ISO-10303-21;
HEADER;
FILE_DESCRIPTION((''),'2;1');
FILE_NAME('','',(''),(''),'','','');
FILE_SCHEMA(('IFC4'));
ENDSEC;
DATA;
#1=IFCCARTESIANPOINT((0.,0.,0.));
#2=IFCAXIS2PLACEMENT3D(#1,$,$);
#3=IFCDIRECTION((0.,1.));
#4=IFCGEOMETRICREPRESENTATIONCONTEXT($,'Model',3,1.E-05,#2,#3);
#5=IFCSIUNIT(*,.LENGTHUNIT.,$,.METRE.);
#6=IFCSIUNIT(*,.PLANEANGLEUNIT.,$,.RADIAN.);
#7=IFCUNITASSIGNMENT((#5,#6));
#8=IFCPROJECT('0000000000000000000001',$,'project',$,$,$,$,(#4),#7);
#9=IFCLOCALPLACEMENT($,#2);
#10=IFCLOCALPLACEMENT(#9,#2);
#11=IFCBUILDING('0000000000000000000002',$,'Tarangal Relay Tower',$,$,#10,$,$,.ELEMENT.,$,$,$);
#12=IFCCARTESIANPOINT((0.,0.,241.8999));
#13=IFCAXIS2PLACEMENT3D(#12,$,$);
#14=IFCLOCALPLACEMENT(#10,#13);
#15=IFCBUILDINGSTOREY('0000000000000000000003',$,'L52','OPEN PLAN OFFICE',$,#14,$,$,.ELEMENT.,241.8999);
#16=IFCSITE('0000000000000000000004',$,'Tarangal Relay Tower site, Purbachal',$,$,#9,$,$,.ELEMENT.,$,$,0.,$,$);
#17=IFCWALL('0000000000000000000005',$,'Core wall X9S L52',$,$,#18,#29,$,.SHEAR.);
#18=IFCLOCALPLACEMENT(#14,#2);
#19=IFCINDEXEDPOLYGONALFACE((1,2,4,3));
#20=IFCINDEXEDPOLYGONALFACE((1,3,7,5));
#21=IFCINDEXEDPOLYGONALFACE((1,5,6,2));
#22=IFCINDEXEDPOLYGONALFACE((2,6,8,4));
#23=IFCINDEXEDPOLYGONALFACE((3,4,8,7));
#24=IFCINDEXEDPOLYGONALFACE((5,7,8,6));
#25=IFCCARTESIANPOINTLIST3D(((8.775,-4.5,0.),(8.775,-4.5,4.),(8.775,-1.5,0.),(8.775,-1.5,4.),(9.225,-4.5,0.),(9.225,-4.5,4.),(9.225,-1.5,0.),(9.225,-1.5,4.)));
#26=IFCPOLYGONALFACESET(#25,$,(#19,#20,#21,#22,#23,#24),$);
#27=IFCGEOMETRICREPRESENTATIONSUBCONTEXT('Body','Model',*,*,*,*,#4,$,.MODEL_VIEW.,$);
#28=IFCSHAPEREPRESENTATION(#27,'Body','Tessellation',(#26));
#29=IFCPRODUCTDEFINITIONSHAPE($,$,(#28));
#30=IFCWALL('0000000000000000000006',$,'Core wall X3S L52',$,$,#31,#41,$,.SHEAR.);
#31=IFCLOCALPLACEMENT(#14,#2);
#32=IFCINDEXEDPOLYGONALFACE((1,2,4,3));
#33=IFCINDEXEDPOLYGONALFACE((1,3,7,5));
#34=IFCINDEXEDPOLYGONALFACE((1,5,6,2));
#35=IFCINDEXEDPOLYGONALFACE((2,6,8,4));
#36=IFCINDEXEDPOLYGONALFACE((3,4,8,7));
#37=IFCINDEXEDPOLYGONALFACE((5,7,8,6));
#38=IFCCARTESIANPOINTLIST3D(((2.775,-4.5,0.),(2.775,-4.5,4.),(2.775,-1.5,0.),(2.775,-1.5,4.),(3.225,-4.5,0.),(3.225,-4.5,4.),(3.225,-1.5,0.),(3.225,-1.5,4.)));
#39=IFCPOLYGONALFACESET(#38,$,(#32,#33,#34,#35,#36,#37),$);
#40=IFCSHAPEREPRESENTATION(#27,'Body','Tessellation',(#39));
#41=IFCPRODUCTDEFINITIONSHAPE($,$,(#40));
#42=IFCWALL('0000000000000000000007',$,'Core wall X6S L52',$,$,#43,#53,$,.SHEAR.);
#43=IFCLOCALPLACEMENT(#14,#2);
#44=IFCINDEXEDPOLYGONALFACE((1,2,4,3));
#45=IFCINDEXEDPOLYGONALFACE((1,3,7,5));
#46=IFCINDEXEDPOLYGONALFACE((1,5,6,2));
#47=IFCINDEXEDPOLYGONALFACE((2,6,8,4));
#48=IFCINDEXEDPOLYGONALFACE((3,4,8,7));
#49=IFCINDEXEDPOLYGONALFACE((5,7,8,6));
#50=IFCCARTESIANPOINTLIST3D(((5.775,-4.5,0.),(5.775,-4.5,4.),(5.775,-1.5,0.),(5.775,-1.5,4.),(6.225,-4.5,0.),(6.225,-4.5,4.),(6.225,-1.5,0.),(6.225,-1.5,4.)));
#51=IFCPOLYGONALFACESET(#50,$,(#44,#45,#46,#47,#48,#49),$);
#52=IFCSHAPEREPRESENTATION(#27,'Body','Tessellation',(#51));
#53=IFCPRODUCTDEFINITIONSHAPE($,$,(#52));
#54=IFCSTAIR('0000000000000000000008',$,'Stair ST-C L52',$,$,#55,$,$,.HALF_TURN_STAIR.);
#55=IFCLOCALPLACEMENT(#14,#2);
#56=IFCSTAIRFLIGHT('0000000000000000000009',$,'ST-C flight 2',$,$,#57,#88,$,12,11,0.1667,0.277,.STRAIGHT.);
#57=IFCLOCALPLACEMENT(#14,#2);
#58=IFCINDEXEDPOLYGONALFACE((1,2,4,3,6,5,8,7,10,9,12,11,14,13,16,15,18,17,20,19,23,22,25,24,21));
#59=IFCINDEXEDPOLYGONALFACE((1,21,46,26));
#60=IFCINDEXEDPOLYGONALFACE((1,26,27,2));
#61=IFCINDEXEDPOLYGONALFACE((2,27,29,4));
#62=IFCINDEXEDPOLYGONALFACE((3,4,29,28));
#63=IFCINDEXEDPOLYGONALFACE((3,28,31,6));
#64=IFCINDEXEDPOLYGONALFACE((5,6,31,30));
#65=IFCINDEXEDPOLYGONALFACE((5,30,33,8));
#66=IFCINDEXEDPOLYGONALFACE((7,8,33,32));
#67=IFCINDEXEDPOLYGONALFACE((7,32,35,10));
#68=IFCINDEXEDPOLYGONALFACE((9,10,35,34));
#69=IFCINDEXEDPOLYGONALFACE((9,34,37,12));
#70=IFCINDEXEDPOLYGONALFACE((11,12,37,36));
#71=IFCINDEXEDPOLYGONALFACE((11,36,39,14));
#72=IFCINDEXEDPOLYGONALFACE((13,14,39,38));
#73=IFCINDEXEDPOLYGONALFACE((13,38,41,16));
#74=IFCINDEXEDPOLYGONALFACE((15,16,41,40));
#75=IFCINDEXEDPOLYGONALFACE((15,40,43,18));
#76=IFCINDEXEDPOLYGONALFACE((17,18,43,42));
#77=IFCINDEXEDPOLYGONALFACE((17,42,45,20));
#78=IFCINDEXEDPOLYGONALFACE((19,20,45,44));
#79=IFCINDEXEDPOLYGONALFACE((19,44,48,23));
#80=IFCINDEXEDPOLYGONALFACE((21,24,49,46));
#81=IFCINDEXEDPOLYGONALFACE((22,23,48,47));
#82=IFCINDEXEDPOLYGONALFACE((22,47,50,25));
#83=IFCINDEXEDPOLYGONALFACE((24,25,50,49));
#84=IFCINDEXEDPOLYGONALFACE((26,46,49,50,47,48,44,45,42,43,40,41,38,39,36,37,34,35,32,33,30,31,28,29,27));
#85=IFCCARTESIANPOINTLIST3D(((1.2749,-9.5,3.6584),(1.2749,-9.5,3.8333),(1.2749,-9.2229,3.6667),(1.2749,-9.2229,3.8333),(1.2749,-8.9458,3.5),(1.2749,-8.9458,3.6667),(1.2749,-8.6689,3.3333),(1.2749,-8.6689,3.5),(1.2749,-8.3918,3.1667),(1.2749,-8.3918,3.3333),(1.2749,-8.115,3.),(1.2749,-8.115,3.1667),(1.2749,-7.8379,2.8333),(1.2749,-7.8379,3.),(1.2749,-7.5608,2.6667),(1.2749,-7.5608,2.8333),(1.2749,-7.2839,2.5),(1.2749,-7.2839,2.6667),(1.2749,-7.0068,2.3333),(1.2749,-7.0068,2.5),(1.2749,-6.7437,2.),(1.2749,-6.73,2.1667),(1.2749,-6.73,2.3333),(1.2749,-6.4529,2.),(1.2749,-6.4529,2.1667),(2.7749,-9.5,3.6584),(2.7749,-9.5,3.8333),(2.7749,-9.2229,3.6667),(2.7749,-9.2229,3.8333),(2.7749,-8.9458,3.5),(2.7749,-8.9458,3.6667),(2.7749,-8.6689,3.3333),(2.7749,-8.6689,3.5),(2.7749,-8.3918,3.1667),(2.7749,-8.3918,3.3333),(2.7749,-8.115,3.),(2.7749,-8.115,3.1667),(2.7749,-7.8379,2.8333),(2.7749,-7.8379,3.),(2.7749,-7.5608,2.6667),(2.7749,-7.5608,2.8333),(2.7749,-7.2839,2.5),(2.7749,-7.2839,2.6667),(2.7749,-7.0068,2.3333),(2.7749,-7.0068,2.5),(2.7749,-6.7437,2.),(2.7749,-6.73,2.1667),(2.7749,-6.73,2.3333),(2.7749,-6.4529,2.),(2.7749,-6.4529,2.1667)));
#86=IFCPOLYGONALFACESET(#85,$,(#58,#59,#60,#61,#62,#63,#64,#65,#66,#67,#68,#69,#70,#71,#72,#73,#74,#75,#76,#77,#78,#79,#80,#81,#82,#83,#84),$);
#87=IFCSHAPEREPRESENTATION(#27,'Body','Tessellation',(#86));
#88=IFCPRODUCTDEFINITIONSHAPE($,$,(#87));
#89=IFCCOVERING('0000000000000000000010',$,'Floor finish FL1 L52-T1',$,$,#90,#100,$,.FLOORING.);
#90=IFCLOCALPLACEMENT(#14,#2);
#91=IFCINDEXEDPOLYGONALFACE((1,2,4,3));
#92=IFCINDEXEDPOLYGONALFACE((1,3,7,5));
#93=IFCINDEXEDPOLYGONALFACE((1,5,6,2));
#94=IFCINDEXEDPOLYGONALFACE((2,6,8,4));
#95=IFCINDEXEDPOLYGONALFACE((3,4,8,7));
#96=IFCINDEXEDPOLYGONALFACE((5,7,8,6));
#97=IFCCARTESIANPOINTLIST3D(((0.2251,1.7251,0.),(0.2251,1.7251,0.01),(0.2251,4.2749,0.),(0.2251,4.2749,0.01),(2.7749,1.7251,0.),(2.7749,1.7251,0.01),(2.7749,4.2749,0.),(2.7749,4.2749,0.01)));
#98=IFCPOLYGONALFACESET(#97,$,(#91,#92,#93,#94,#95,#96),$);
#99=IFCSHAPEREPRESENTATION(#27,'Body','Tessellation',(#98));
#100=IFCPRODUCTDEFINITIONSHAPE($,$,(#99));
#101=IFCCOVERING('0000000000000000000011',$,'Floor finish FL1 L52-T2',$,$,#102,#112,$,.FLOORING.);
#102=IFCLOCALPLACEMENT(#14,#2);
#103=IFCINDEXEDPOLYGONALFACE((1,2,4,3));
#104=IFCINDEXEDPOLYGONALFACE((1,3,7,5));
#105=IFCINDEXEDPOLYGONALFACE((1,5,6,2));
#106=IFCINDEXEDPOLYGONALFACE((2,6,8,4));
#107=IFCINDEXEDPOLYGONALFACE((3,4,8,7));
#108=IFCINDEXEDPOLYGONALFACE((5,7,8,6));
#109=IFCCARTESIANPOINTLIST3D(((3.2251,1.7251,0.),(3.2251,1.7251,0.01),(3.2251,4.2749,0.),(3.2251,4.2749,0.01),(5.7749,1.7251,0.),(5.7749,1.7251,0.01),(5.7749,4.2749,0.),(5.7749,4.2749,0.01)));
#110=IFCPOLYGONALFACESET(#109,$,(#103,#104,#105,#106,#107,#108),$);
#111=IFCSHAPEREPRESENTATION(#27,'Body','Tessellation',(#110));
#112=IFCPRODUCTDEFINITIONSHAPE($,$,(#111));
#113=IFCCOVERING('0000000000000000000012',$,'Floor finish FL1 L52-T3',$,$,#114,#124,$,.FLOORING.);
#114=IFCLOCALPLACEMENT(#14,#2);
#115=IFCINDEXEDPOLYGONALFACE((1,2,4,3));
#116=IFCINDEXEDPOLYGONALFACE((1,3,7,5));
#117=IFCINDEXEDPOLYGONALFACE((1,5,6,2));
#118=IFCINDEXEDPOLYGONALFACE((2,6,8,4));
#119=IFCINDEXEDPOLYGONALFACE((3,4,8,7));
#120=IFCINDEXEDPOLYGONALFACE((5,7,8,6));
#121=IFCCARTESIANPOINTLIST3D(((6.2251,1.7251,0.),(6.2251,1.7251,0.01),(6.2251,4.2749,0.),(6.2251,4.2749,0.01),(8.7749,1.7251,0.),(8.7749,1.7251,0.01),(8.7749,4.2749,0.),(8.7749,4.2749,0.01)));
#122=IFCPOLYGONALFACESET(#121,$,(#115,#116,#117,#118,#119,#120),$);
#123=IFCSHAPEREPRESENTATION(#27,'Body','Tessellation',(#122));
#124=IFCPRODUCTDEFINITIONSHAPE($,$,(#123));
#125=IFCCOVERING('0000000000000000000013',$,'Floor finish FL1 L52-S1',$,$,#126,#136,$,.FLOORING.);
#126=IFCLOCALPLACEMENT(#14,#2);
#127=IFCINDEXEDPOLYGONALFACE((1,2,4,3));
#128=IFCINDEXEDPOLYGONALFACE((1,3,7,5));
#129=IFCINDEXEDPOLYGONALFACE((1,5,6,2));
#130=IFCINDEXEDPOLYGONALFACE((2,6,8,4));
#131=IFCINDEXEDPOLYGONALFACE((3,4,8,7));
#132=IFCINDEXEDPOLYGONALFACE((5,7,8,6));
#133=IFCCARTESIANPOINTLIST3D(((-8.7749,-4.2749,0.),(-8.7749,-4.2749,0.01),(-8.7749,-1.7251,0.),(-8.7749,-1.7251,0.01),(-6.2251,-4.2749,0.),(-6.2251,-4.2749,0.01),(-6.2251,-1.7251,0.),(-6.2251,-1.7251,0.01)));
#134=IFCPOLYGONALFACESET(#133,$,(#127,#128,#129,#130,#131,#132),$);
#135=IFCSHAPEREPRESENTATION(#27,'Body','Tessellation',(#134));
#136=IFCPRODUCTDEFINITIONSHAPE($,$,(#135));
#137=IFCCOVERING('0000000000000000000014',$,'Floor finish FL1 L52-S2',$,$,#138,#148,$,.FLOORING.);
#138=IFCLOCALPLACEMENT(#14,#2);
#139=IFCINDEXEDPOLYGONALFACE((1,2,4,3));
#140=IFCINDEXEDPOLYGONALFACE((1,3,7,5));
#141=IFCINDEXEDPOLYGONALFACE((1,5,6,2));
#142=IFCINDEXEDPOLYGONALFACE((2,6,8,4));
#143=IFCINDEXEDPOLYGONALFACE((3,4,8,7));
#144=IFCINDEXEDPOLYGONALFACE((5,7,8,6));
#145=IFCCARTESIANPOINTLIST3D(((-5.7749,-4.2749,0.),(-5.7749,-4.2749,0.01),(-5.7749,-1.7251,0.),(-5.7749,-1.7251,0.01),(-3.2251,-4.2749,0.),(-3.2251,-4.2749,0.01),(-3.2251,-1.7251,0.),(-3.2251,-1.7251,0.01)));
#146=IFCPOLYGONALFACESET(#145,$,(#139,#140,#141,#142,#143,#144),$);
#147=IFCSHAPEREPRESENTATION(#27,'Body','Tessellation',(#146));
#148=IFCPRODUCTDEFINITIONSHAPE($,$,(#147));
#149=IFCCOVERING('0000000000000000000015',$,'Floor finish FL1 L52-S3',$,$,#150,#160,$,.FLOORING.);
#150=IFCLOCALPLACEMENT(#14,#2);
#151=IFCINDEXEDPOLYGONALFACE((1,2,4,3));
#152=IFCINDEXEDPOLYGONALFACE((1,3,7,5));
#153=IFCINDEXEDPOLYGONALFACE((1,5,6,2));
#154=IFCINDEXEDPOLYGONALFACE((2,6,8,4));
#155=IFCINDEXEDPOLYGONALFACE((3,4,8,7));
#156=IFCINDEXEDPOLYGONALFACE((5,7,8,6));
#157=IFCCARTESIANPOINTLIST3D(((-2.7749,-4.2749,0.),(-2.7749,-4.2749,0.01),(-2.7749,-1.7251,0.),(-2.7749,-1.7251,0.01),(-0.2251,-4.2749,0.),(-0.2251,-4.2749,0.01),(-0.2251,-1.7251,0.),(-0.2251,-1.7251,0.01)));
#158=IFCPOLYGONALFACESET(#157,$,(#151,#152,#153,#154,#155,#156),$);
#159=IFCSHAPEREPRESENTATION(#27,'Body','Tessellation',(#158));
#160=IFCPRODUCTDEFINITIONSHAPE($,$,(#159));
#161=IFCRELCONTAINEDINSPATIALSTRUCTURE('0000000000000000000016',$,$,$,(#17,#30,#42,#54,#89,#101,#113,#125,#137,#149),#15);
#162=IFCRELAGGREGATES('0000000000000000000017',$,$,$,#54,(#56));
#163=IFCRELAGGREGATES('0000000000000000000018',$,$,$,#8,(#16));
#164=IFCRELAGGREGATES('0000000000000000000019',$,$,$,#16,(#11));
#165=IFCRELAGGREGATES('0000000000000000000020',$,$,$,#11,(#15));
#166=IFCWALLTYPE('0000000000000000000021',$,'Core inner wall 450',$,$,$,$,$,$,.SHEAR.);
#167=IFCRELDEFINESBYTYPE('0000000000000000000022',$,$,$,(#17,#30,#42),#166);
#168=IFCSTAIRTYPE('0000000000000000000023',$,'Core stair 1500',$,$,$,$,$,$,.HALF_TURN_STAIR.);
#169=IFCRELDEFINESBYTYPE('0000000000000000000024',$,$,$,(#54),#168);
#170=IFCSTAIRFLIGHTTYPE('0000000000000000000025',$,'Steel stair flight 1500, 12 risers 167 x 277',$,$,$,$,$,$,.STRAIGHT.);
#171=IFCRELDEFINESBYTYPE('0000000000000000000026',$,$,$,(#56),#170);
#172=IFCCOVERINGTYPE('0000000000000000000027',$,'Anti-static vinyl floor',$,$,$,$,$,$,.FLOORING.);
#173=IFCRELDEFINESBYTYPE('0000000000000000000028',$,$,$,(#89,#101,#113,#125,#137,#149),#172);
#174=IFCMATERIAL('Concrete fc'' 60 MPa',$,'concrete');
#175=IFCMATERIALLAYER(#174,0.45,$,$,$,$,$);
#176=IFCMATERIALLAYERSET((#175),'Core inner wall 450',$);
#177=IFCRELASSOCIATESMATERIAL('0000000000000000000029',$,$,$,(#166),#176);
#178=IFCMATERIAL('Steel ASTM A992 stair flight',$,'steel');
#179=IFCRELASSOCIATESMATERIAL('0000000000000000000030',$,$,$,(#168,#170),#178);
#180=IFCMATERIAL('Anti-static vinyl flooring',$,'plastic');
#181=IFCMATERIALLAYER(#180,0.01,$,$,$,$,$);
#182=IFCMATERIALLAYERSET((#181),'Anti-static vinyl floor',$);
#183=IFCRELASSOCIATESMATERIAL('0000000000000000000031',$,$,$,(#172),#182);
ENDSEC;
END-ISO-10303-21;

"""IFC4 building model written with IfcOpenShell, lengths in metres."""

from ifc_helpers import new_model, si_unit, direction, frame, frame_2d, origin, place, context, subcontext, project, spatial, polyline, rectangle, outline, extrude, material, layer, layer_set, type_object, element, aggregate, save


model = new_model("IFC4")

# Units and contexts
model_context = context("Model", 3, precision=1e-05, world=origin(), true_north=direction((0.0, 1.0)))
body_context = subcontext(model_context, "Body", "Model", "MODEL_VIEW")
ifc_project = project(units=[si_unit("LENGTHUNIT", "METRE"), si_unit("PLANEANGLEUNIT", "RADIAN")], contexts=[model_context])

# Site, building, storey
site_placement = place(None, origin())
site = spatial("IfcSite", under=ifc_project, at=site_placement, Name="Tarangal Relay Tower site, Purbachal", CompositionType="ELEMENT", RefElevation=0.0)
building_placement = place(site_placement, origin())
building = spatial("IfcBuilding", under=site, at=building_placement, Name="Tarangal Relay Tower", CompositionType="ELEMENT")
storey_placement = place(building_placement, frame((0.0, 0.0, 241.8999)))
storey = spatial("IfcBuildingStorey", under=building, at=storey_placement, Name="L52", Description="OPEN PLAN OFFICE", CompositionType="ELEMENT", Elevation=241.8999)

# Walls
ifc_material_1 = material(Name="Concrete fc' 60 MPa", Category="concrete")
ifc_layer_1 = layer(ifc_material_1, 0.45)
ifc_layer_set_1 = layer_set([ifc_layer_1], Name="Core inner wall 450")
wall_type = type_object("IfcWallType", Name="Core inner wall 450", PredefinedType="SHEAR", material=ifc_layer_set_1)
for number, where, z_axis, x_axis, name in (
    (1, (9.0, -4.5, 0.0), (0.0, 0.0, 1.0), (0.0, 1.0, 0.0), "Core wall X9S L52"),
    (2, (3.0, -4.5, 0.0), (0.0, 0.0, 1.0), (0.0, 1.0, 0.0), "Core wall X3S L52"),
    (3, (6.0, -4.5, 0.0), (0.0, 0.0, 1.0), (0.0, 1.0, 0.0), "Core wall X6S L52"),
):
    element("IfcWall", number, at=place(storey_placement, frame(where, z_axis=z_axis, x_axis=x_axis)), inside=storey, type_object=wall_type, Name=name, PredefinedType="SHEAR", context=body_context, shape_type="SweptSolid", body=[
        extrude(rectangle(XDim=3.0, YDim=0.45, at=frame_2d((1.5, 0.0))), origin(), (0.0, 0.0, 1.0), 4.0),
    ])

# Stair, stair flight
ifc_material_2 = material(Name="Steel ASTM A992 stair flight", Category="steel")
stair_type = type_object("IfcStairType", Name="Core stair 1500", PredefinedType="HALF_TURN_STAIR", material=ifc_material_2)
stair_placement = place(storey_placement, origin())
stair = element("IfcStair", 4, at=stair_placement, inside=storey, type_object=stair_type, Name="Stair ST-C L52", PredefinedType="HALF_TURN_STAIR")
stair_flight_type = type_object("IfcStairFlightType", Name="Steel stair flight 1500, 12 risers 167 x 277", PredefinedType="STRAIGHT", material=ifc_material_2)
stair_flight_placement = place(storey_placement, frame((2.0249, -6.4529, 2.0), z_axis=(0.0, 0.0, 1.0), x_axis=(0.0, -1.0, 0.0)))
stair_flight = element("IfcStairFlight", 5, at=stair_flight_placement, type_object=stair_flight_type, Name="ST-C flight 2", NumberOfRisers=12, NumberOfTreads=11, PredefinedType="STRAIGHT", RiserHeight=0.1667, TreadLength=0.277, context=body_context, shape_type="SweptSolid", body=[
    extrude(outline(polyline([(0.0, 0.0), (0.0, 0.1667), (0.2771, 0.1667), (0.2771, 0.3333), (0.554, 0.3333), (0.554, 0.5), (0.8311, 0.5), (0.8311, 0.6667), (1.1079, 0.6667), (1.1079, 0.8333), (1.385, 0.8333), (1.385, 1.0), (1.6621, 1.0), (1.6621, 1.1667), (1.939, 1.1667), (1.939, 1.3333), (2.2161, 1.3333), (2.2161, 1.5), (2.4929, 1.5), (2.4929, 1.6667), (2.77, 1.6667), (2.77, 1.8333), (3.0471, 1.8333), (3.0471, 2.0), (3.0471, 1.6584), (0.2908, 0.0), (0.0, 0.0)])), frame((0.0, 0.75, 0.0), z_axis=(0.0, -1.0, 0.0), x_axis=(1.0, 0.0, 0.0)), (0.0, 0.0, 1.0), 1.5),
])
aggregate(stair, [stair_flight])

# Coverings
ifc_material_3 = material(Name="Anti-static vinyl flooring", Category="plastic")
ifc_layer_2 = layer(ifc_material_3, 0.01)
ifc_layer_set_2 = layer_set([ifc_layer_2], Name="Anti-static vinyl floor")
covering_type_1 = type_object("IfcCoveringType", Name="Anti-static vinyl floor", PredefinedType="FLOORING", material=ifc_layer_set_2)
covering_1_placement = place(storey_placement, origin())
element("IfcCovering", 6, at=covering_1_placement, inside=storey, type_object=covering_type_1, Name="Floor finish FL1 L52-T1", PredefinedType="FLOORING", context=body_context, shape_type="SweptSolid", body=[
    extrude(outline(polyline([(0.2251, 1.7251), (2.7749, 1.7251), (2.7749, 4.2749), (0.2251, 4.2749), (0.2251, 1.7251)])), origin(), (0.0, 0.0, 1.0), 0.01),
])
covering_2_placement = place(storey_placement, origin())
element("IfcCovering", 7, at=covering_2_placement, inside=storey, type_object=covering_type_1, Name="Floor finish FL1 L52-T2", PredefinedType="FLOORING", context=body_context, shape_type="SweptSolid", body=[
    extrude(outline(polyline([(3.2251, 1.7251), (5.7749, 1.7251), (5.7749, 4.2749), (3.2251, 4.2749), (3.2251, 1.7251)])), origin(), (0.0, 0.0, 1.0), 0.01),
])
covering_3_placement = place(storey_placement, origin())
element("IfcCovering", 8, at=covering_3_placement, inside=storey, type_object=covering_type_1, Name="Floor finish FL1 L52-T3", PredefinedType="FLOORING", context=body_context, shape_type="SweptSolid", body=[
    extrude(outline(polyline([(6.2251, 1.7251), (8.7749, 1.7251), (8.7749, 4.2749), (6.2251, 4.2749), (6.2251, 1.7251)])), origin(), (0.0, 0.0, 1.0), 0.01),
])
covering_4_placement = place(storey_placement, origin())
element("IfcCovering", 9, at=covering_4_placement, inside=storey, type_object=covering_type_1, Name="Floor finish FL1 L52-S1", PredefinedType="FLOORING", context=body_context, shape_type="SweptSolid", body=[
    extrude(outline(polyline([(-8.7749, -4.2749), (-6.2251, -4.2749), (-6.2251, -1.7251), (-8.7749, -1.7251), (-8.7749, -4.2749)])), origin(), (0.0, 0.0, 1.0), 0.01),
])
covering_5_placement = place(storey_placement, origin())
element("IfcCovering", 10, at=covering_5_placement, inside=storey, type_object=covering_type_1, Name="Floor finish FL1 L52-S2", PredefinedType="FLOORING", context=body_context, shape_type="SweptSolid", body=[
    extrude(outline(polyline([(-5.7749, -4.2749), (-3.2251, -4.2749), (-3.2251, -1.7251), (-5.7749, -1.7251), (-5.7749, -4.2749)])), origin(), (0.0, 0.0, 1.0), 0.01),
])
covering_6_placement = place(storey_placement, origin())
element("IfcCovering", 11, at=covering_6_placement, inside=storey, type_object=covering_type_1, Name="Floor finish FL1 L52-S3", PredefinedType="FLOORING", context=body_context, shape_type="SweptSolid", body=[
    extrude(outline(polyline([(-2.7749, -4.2749), (-0.2251, -4.2749), (-0.2251, -1.7251), (-2.7749, -1.7251), (-2.7749, -4.2749)])), origin(), (0.0, 0.0, 1.0), 0.01),
])

save(model, "model.ifc")
